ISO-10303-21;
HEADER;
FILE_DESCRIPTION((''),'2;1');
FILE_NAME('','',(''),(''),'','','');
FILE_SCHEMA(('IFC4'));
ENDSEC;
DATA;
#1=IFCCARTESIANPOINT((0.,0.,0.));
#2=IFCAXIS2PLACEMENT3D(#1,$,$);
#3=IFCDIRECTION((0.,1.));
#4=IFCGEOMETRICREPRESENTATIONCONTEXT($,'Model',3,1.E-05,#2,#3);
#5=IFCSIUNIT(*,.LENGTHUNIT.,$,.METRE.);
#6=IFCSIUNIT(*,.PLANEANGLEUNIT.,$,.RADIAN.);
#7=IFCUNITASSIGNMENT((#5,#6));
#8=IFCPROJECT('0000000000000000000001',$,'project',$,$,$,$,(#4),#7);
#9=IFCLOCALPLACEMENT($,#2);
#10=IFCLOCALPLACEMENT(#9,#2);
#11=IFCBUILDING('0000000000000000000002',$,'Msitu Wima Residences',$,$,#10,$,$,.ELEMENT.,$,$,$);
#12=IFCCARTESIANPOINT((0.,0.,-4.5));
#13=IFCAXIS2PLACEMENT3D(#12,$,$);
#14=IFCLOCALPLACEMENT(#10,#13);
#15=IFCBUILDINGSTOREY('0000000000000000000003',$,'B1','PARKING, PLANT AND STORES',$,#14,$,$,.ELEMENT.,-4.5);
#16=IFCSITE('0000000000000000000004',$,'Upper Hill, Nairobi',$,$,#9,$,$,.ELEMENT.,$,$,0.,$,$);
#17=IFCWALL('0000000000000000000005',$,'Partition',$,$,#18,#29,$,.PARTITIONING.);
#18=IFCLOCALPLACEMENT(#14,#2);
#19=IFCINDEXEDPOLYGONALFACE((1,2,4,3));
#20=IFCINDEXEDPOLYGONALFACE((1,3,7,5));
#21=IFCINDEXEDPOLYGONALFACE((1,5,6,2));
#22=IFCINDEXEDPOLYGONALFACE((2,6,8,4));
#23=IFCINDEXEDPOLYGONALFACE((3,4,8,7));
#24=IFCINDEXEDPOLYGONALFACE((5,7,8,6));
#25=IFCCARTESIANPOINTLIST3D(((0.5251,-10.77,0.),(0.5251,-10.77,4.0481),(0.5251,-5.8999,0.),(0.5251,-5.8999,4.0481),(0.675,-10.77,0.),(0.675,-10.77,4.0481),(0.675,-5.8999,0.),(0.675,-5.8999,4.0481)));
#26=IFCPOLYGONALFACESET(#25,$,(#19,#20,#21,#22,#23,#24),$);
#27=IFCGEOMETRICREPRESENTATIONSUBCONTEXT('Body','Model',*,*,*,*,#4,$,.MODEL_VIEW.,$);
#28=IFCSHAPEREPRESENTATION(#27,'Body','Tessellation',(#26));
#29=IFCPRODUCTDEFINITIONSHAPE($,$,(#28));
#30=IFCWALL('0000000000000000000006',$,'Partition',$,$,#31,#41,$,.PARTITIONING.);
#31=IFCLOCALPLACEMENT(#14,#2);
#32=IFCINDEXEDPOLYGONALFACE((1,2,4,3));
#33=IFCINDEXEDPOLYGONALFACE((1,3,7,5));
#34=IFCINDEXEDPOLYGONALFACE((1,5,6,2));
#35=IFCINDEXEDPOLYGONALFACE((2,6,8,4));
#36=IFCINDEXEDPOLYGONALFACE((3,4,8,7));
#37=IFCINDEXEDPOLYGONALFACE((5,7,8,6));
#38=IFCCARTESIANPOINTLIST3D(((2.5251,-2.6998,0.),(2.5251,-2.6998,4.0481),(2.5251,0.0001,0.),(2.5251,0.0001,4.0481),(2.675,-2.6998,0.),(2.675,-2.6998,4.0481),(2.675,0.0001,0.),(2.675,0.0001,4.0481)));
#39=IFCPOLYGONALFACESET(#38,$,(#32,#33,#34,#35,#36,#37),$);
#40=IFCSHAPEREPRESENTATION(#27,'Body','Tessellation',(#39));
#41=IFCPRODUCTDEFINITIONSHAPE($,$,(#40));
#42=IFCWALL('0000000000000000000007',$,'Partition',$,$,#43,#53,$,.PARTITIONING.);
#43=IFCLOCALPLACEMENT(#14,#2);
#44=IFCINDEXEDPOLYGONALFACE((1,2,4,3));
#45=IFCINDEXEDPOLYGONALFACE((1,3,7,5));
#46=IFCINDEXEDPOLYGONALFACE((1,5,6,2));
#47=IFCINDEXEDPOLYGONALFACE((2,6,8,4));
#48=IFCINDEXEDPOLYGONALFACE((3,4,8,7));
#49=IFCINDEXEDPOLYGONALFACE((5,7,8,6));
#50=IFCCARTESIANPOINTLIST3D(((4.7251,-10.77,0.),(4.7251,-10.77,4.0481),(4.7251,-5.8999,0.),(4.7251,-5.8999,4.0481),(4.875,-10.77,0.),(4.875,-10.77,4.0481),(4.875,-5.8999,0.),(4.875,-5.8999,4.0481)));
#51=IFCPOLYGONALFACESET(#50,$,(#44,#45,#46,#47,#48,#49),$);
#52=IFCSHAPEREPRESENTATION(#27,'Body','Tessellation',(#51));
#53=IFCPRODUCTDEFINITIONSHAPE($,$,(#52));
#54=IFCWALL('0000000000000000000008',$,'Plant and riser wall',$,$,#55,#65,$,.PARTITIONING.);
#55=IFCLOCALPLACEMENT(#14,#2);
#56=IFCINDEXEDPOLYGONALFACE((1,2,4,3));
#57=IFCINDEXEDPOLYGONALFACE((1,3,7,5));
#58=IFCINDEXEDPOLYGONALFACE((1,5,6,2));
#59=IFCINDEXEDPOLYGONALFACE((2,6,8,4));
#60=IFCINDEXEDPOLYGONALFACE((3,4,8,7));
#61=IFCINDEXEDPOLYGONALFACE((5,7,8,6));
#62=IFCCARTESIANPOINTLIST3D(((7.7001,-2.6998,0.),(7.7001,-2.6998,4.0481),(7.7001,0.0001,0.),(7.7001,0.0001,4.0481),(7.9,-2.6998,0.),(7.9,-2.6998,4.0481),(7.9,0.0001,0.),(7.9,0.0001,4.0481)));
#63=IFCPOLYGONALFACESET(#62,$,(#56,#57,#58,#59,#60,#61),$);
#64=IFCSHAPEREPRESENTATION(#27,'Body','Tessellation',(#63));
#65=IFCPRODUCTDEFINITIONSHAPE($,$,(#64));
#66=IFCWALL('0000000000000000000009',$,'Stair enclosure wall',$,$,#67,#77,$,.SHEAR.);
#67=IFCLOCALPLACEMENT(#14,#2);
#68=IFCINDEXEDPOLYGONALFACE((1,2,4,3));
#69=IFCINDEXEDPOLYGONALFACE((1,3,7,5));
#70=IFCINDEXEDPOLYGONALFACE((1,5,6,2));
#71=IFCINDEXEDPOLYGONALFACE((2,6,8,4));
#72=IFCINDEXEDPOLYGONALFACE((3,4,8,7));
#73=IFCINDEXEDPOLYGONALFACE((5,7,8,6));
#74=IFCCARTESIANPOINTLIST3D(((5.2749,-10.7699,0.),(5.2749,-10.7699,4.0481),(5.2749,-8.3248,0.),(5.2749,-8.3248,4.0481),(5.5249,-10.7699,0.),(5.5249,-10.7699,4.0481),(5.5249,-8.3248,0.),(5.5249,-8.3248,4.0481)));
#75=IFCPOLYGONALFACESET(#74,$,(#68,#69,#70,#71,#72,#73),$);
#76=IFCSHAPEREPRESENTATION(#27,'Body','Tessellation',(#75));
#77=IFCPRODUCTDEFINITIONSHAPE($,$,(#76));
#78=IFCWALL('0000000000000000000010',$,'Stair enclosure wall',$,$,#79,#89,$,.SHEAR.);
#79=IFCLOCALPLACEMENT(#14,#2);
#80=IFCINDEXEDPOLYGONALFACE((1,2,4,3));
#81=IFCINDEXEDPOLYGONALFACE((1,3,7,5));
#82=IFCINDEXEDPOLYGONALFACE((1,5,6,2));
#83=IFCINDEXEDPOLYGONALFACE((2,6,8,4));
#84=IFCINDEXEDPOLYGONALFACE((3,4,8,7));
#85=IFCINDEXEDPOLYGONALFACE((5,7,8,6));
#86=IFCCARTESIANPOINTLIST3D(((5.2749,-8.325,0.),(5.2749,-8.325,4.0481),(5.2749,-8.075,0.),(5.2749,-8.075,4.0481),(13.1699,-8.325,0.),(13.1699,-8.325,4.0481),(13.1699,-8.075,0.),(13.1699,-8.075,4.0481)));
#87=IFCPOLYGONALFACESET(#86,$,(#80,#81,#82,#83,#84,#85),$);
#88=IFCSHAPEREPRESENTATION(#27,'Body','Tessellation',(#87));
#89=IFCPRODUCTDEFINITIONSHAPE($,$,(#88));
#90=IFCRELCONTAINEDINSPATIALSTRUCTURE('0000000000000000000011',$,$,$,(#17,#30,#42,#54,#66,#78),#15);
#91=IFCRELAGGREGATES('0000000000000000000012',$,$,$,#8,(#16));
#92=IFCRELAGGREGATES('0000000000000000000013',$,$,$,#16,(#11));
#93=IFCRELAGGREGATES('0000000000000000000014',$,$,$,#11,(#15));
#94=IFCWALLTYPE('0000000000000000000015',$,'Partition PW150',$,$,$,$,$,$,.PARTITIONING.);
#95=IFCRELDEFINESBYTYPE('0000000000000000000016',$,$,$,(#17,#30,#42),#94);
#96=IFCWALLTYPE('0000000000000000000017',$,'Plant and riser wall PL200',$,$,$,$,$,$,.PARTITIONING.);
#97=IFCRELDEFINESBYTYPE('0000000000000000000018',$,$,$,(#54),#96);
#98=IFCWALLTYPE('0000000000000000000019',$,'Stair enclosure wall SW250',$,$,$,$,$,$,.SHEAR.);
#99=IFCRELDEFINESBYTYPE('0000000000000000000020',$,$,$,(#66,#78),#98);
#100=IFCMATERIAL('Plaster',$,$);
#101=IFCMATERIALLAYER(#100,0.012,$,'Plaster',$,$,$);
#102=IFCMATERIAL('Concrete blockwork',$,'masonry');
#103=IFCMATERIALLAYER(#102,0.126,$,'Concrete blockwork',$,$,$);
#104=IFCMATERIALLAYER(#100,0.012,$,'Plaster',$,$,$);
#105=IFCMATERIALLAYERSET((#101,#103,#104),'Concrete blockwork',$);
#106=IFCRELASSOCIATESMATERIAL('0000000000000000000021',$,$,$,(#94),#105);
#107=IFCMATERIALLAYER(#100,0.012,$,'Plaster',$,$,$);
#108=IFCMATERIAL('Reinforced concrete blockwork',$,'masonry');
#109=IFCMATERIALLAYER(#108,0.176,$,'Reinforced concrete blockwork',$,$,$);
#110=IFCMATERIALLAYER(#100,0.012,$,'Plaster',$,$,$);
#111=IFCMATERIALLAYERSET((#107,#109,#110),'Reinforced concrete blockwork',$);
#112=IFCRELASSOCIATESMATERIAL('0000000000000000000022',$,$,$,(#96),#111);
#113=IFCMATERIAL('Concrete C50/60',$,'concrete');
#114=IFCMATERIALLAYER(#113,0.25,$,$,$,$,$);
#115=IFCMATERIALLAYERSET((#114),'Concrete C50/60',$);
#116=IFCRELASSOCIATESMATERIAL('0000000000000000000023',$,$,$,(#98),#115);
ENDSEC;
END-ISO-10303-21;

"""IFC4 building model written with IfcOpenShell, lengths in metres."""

from ifc_helpers import new_model, si_unit, direction, frame, frame_2d, origin, place, context, subcontext, project, spatial, rectangle, extrude, material, layer, layer_set, type_object, element, save


model = new_model("IFC4")

# Units and contexts
model_context = context("Model", 3, precision=1e-05, world=origin(), true_north=direction((0.0, 1.0)))
body_context = subcontext(model_context, "Body", "Model", "MODEL_VIEW")
ifc_project = project(units=[si_unit("LENGTHUNIT", "METRE"), si_unit("PLANEANGLEUNIT", "RADIAN")], contexts=[model_context])

# Site, building, storey
site_placement = place(None, origin())
site = spatial("IfcSite", under=ifc_project, at=site_placement, Name="Upper Hill, Nairobi", CompositionType="ELEMENT", RefElevation=0.0)
building_placement = place(site_placement, origin())
building = spatial("IfcBuilding", under=site, at=building_placement, Name="Msitu Wima Residences", CompositionType="ELEMENT")
storey_placement = place(building_placement, frame((0.0, 0.0, -4.5)))
storey = spatial("IfcBuildingStorey", under=building, at=storey_placement, Name="B1", Description="PARKING, PLANT AND STORES", CompositionType="ELEMENT", Elevation=-4.5)

# Walls
ifc_material_1 = material(Name="Plaster")
ifc_layer_1 = layer(ifc_material_1, 0.012, Name="Plaster")
ifc_material_2 = material(Name="Concrete blockwork", Category="masonry")
ifc_layer_2 = layer(ifc_material_2, 0.126, Name="Concrete blockwork")
ifc_layer_3 = layer(ifc_material_1, 0.012, Name="Plaster")
ifc_layer_set_1 = layer_set([ifc_layer_1, ifc_layer_2, ifc_layer_3], Name="Concrete blockwork")
wall_type_1 = type_object("IfcWallType", Name="Partition PW150", PredefinedType="PARTITIONING", material=ifc_layer_set_1)
wall_1_placement = place(storey_placement, frame((0.6001, -10.77, 0.0), z_axis=(0.0, 0.0, 1.0), x_axis=(0.0, 1.0, 0.0)))
element("IfcWall", 1, at=wall_1_placement, inside=storey, type_object=wall_type_1, Name="Partition", PredefinedType="PARTITIONING", context=body_context, shape_type="SweptSolid", body=[
    extrude(rectangle(XDim=4.8701, YDim=0.1499, at=frame_2d((2.4351, 0.0))), origin(), (0.0, 0.0, 1.0), 4.0481),
])
wall_2_placement = place(storey_placement, frame((2.6001, -2.7, 0.0), z_axis=(0.0, 0.0, 1.0), x_axis=(0.0, 1.0, 0.0)))
element("IfcWall", 2, at=wall_2_placement, inside=storey, type_object=wall_type_1, Name="Partition", PredefinedType="PARTITIONING", context=body_context, shape_type="SweptSolid", body=[
    extrude(rectangle(XDim=2.7, YDim=0.1499, at=frame_2d((1.3501, 0.0))), origin(), (0.0, 0.0, 1.0), 4.0481),
])
wall_3_placement = place(storey_placement, frame((4.8, -10.77, 0.0), z_axis=(0.0, 0.0, 1.0), x_axis=(0.0, 1.0, 0.0)))
element("IfcWall", 3, at=wall_3_placement, inside=storey, type_object=wall_type_1, Name="Partition", PredefinedType="PARTITIONING", context=body_context, shape_type="SweptSolid", body=[
    extrude(rectangle(XDim=4.8701, YDim=0.1499, at=frame_2d((2.4351, 0.0))), origin(), (0.0, 0.0, 1.0), 4.0481),
])
ifc_layer_4 = layer(ifc_material_1, 0.012, Name="Plaster")
ifc_material_3 = material(Name="Reinforced concrete blockwork", Category="masonry")
ifc_layer_5 = layer(ifc_material_3, 0.176, Name="Reinforced concrete blockwork")
ifc_layer_6 = layer(ifc_material_1, 0.012, Name="Plaster")
ifc_layer_set_2 = layer_set([ifc_layer_4, ifc_layer_5, ifc_layer_6], Name="Reinforced concrete blockwork")
wall_type_2 = type_object("IfcWallType", Name="Plant and riser wall PL200", PredefinedType="PARTITIONING", material=ifc_layer_set_2)
wall_4_placement = place(storey_placement, frame((7.8, -2.7, 0.0), z_axis=(0.0, 0.0, 1.0), x_axis=(0.0, 1.0, 0.0)))
element("IfcWall", 4, at=wall_4_placement, inside=storey, type_object=wall_type_2, Name="Plant and riser wall", PredefinedType="PARTITIONING", context=body_context, shape_type="SweptSolid", body=[
    extrude(rectangle(XDim=2.7, YDim=0.2, at=frame_2d((1.3501, 0.0))), origin(), (0.0, 0.0, 1.0), 4.0481),
])
ifc_material_4 = material(Name="Concrete C50/60", Category="concrete")
ifc_layer_7 = layer(ifc_material_4, 0.25)
ifc_layer_set_3 = layer_set([ifc_layer_7], Name="Concrete C50/60")
wall_type_3 = type_object("IfcWallType", Name="Stair enclosure wall SW250", PredefinedType="SHEAR", material=ifc_layer_set_3)
wall_5_placement = place(storey_placement, frame((5.3999, -10.77, 0.0), z_axis=(0.0, 0.0, 1.0), x_axis=(0.0, 1.0, 0.0)))
element("IfcWall", 5, at=wall_5_placement, inside=storey, type_object=wall_type_3, Name="Stair enclosure wall", PredefinedType="SHEAR", context=body_context, shape_type="SweptSolid", body=[
    extrude(rectangle(XDim=2.4451, YDim=0.25, at=frame_2d((1.2227, 0.0))), origin(), (0.0, 0.0, 1.0), 4.0481),
])
wall_6_placement = place(storey_placement, frame((5.2749, -8.2, 0.0), z_axis=(0.0, 0.0, 1.0), x_axis=(1.0, 0.0, 0.0)))
element("IfcWall", 6, at=wall_6_placement, inside=storey, type_object=wall_type_3, Name="Stair enclosure wall", PredefinedType="SHEAR", context=body_context, shape_type="SweptSolid", body=[
    extrude(rectangle(XDim=7.895, YDim=0.25, at=frame_2d((3.9475, 0.0))), origin(), (0.0, 0.0, 1.0), 4.0481),
])

save(model, "model.ifc")
